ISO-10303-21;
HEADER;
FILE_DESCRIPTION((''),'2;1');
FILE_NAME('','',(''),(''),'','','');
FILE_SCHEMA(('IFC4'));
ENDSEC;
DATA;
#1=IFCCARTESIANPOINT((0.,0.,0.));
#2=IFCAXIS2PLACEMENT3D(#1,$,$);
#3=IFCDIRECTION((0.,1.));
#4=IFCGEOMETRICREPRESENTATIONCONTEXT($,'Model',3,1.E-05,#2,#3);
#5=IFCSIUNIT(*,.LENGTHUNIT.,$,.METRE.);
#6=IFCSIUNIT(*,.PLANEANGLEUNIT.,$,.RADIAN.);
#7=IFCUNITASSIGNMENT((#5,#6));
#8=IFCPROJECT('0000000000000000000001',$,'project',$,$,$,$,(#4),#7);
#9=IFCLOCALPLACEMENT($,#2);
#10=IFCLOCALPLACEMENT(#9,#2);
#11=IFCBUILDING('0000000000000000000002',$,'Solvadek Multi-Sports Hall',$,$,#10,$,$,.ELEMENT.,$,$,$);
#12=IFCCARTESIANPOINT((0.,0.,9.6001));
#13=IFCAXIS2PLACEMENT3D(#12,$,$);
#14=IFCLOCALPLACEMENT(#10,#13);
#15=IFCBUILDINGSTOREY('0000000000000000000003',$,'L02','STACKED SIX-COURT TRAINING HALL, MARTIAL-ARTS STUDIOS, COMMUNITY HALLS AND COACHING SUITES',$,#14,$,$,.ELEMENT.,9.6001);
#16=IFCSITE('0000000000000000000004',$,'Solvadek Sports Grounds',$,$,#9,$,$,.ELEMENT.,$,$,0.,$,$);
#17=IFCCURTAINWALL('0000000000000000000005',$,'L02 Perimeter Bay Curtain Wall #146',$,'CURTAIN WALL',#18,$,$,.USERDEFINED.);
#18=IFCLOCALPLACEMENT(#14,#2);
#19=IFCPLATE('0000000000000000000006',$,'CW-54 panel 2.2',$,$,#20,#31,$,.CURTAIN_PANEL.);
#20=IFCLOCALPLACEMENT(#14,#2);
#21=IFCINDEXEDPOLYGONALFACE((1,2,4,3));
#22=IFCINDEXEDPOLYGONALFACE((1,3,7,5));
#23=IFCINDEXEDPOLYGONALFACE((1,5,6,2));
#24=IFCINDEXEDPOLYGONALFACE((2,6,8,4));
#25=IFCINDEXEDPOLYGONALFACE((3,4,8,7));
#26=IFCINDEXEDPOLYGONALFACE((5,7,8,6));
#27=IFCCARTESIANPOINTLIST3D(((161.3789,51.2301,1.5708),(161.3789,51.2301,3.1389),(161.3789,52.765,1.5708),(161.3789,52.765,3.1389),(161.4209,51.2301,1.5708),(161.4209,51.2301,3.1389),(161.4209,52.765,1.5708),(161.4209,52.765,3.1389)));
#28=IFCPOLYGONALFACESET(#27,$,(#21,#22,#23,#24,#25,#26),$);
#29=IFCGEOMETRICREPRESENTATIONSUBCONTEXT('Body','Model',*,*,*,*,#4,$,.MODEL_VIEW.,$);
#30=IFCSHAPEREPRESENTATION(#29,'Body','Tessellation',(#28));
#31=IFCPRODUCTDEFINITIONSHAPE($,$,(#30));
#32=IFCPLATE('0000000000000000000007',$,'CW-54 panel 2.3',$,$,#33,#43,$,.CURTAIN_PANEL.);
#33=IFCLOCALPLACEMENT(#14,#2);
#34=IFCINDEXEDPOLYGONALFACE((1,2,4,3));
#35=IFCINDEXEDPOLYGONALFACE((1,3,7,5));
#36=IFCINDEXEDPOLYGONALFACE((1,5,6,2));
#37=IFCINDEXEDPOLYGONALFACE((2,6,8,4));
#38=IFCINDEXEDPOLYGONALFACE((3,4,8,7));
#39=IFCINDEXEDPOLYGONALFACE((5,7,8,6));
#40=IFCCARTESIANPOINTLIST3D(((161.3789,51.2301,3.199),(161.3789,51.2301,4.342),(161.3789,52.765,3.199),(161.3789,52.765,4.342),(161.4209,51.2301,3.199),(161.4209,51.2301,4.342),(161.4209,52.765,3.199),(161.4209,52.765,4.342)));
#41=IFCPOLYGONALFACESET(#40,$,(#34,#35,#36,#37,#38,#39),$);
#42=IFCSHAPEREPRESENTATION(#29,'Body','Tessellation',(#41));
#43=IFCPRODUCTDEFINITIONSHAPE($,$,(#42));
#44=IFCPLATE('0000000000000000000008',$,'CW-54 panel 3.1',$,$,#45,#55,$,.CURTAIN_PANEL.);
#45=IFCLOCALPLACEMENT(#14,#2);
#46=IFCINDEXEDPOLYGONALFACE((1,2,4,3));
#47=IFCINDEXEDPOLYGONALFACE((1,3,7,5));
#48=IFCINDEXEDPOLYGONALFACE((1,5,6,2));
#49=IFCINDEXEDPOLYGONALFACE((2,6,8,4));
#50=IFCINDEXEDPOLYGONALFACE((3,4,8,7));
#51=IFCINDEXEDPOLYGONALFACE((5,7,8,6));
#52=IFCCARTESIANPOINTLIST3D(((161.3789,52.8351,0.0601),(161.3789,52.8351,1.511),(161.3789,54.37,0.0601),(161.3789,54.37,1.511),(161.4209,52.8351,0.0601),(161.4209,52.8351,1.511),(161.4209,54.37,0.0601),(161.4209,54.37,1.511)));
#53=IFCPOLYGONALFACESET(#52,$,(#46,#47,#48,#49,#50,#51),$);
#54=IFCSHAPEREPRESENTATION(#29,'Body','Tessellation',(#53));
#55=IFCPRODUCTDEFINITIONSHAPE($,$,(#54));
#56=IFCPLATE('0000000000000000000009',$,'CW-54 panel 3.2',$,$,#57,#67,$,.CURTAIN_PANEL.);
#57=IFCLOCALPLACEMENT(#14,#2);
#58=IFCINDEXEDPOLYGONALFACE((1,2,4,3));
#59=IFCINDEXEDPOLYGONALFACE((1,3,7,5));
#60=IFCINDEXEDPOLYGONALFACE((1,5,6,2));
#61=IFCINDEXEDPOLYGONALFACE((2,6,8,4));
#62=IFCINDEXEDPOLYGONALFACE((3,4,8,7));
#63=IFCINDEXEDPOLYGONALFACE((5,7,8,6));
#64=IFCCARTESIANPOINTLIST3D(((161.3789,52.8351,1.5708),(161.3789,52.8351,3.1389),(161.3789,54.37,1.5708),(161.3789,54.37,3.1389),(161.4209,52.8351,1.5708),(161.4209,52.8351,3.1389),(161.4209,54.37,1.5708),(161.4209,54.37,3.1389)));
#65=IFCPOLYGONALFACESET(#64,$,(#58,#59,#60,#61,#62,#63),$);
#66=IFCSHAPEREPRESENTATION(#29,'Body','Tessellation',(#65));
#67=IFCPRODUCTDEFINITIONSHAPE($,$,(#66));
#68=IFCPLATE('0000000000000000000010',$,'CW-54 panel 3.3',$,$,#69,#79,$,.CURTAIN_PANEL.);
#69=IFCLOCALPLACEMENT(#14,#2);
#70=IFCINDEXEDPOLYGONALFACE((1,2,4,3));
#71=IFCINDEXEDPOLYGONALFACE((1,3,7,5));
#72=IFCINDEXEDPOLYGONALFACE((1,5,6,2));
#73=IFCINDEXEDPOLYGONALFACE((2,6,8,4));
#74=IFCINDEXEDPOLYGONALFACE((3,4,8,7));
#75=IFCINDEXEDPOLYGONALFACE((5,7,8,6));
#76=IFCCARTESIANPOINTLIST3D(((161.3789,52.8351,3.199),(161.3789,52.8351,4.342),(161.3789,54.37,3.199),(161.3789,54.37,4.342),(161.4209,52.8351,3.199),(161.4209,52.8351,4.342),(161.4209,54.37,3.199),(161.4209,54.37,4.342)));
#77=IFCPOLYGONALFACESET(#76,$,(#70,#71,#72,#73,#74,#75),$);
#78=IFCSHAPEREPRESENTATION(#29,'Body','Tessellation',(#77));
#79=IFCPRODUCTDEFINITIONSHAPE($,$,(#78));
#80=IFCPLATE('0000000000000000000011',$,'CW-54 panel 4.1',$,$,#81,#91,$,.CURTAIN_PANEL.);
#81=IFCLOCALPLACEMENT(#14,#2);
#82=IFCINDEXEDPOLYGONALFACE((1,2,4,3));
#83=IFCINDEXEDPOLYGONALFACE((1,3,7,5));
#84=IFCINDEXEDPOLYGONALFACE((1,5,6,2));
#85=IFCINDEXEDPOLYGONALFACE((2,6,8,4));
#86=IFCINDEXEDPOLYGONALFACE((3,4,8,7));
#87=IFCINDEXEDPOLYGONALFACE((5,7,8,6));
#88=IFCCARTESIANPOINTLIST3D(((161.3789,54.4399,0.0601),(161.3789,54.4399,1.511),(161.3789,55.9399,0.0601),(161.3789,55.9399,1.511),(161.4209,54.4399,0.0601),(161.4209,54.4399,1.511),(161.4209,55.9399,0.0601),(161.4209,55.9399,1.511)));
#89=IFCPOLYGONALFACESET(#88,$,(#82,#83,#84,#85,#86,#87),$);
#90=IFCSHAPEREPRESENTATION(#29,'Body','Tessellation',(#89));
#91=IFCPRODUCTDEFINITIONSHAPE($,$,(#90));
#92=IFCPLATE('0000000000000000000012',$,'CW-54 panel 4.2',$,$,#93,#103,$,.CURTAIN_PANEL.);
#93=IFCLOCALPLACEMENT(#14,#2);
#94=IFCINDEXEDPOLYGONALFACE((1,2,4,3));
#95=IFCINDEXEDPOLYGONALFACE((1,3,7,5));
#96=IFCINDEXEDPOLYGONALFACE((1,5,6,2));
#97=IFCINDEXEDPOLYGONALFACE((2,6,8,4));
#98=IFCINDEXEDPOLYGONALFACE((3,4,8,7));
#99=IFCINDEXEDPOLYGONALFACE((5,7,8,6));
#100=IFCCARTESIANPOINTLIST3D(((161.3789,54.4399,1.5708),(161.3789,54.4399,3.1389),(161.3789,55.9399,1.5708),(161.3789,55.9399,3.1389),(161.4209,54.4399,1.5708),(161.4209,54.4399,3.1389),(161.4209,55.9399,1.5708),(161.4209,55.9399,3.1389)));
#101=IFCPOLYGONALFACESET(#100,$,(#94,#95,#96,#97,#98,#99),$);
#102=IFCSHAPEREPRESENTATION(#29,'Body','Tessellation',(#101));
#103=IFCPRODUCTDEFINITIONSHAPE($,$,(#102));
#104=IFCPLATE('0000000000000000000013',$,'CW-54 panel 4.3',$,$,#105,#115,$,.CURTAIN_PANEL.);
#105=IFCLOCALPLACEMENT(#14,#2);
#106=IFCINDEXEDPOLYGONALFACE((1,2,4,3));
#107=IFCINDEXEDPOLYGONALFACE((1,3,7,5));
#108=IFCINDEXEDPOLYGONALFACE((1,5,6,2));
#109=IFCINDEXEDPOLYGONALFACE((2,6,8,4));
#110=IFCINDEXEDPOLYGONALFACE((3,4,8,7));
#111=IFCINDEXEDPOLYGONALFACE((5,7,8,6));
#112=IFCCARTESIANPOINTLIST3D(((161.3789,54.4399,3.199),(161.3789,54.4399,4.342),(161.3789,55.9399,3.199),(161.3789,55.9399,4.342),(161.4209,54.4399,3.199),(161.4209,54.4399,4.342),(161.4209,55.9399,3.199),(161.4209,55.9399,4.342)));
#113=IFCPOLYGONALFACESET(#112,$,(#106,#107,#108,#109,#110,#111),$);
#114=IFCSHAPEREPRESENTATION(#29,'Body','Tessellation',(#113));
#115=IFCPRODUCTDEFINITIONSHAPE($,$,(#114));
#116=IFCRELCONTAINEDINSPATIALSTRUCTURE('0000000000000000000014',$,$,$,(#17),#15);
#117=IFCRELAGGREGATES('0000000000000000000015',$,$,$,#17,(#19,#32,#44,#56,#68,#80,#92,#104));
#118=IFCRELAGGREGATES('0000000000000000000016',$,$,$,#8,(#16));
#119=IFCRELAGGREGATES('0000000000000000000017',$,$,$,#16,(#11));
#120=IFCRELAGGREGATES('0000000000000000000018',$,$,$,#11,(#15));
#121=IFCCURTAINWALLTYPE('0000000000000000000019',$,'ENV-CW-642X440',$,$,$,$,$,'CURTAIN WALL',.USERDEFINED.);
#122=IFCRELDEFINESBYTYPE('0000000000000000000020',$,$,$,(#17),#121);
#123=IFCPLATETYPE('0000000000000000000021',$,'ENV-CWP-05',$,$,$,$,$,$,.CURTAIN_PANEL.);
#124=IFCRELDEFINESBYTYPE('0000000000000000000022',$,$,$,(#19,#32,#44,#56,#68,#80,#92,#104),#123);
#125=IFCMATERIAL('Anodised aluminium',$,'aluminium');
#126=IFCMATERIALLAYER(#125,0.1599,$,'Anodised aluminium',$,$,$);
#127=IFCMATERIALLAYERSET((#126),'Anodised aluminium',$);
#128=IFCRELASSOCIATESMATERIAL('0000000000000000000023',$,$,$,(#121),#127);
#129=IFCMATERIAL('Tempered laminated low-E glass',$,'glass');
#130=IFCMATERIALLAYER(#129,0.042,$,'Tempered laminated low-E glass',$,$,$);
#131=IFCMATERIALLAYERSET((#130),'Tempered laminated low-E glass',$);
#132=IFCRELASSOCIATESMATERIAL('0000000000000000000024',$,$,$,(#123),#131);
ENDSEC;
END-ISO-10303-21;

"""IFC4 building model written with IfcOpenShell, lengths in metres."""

from ifc_helpers import new_model, si_unit, direction, frame, origin, origin_2d, place, context, subcontext, project, spatial, rectangle, extrude, material, layer, layer_set, type_object, element, aggregate, save


model = new_model("IFC4")

# Units and contexts
model_context = context("Model", 3, precision=1e-05, world=origin(), true_north=direction((0.0, 1.0)))
body_context = subcontext(model_context, "Body", "Model", "MODEL_VIEW")
ifc_project = project(units=[si_unit("LENGTHUNIT", "METRE"), si_unit("PLANEANGLEUNIT", "RADIAN")], contexts=[model_context])

# Site, building, storey
site_placement = place(None, origin())
site = spatial("IfcSite", under=ifc_project, at=site_placement, Name="Solvadek Sports Grounds", CompositionType="ELEMENT", RefElevation=0.0)
building_placement = place(site_placement, origin())
building = spatial("IfcBuilding", under=site, at=building_placement, Name="Solvadek Multi-Sports Hall", CompositionType="ELEMENT")
storey_placement = place(building_placement, frame((0.0, 0.0, 9.6001)))
storey = spatial("IfcBuildingStorey", under=building, at=storey_placement, Name="L02", Description="STACKED SIX-COURT TRAINING HALL, MARTIAL-ARTS STUDIOS, COMMUNITY HALLS AND COACHING SUITES", CompositionType="ELEMENT", Elevation=9.6001)

# Curtain wall
ifc_material_1 = material(Name="Anodised aluminium", Category="aluminium")
ifc_layer_1 = layer(ifc_material_1, 0.1599, Name="Anodised aluminium")
ifc_layer_set_1 = layer_set([ifc_layer_1], Name="Anodised aluminium")
curtain_wall_type = type_object("IfcCurtainWallType", Name="ENV-CW-642X440", ElementType="CURTAIN WALL", PredefinedType="USERDEFINED", material=ifc_layer_set_1)
curtain_wall_placement = place(storey_placement, origin())
curtain_wall = element("IfcCurtainWall", 1, at=curtain_wall_placement, inside=storey, type_object=curtain_wall_type, Name="L02 Perimeter Bay Curtain Wall #146", ObjectType="CURTAIN WALL", PredefinedType="USERDEFINED")

# Plates
ifc_material_2 = material(Name="Tempered laminated low-E glass", Category="glass")
ifc_layer_2 = layer(ifc_material_2, 0.042, Name="Tempered laminated low-E glass")
ifc_layer_set_2 = layer_set([ifc_layer_2], Name="Tempered laminated low-E glass")
plate_type = type_object("IfcPlateType", Name="ENV-CWP-05", PredefinedType="CURTAIN_PANEL", material=ifc_layer_set_2)
plate_1_placement = place(storey_placement, frame((161.3999, 51.9976, 1.5708), z_axis=(0.0, 0.0, 1.0), x_axis=(0.0, 1.0, 0.0)))
plate_1 = element("IfcPlate", 2, at=plate_1_placement, type_object=plate_type, Name="CW-54 panel 2.2", PredefinedType="CURTAIN_PANEL", context=body_context, shape_type="SweptSolid", body=[
    extrude(rectangle(XDim=1.5349, YDim=0.042, at=origin_2d()), origin(), (0.0, 0.0, 1.0), 1.5681),
])
plate_2_placement = place(storey_placement, frame((161.3999, 51.9976, 3.199), z_axis=(0.0, 0.0, 1.0), x_axis=(0.0, 1.0, 0.0)))
plate_2 = element("IfcPlate", 3, at=plate_2_placement, type_object=plate_type, Name="CW-54 panel 2.3", PredefinedType="CURTAIN_PANEL", context=body_context, shape_type="SweptSolid", body=[
    extrude(rectangle(XDim=1.5349, YDim=0.042, at=origin_2d()), origin(), (0.0, 0.0, 1.0), 1.1431),
])
plate_3_placement = place(storey_placement, frame((161.3999, 53.6025, 0.0601), z_axis=(0.0, 0.0, 1.0), x_axis=(0.0, 1.0, 0.0)))
plate_3 = element("IfcPlate", 4, at=plate_3_placement, type_object=plate_type, Name="CW-54 panel 3.1", PredefinedType="CURTAIN_PANEL", context=body_context, shape_type="SweptSolid", body=[
    extrude(rectangle(XDim=1.5349, YDim=0.042, at=origin_2d()), origin(), (0.0, 0.0, 1.0), 1.4509),
])
plate_4_placement = place(storey_placement, frame((161.3999, 53.6025, 1.5708), z_axis=(0.0, 0.0, 1.0), x_axis=(0.0, 1.0, 0.0)))
plate_4 = element("IfcPlate", 5, at=plate_4_placement, type_object=plate_type, Name="CW-54 panel 3.2", PredefinedType="CURTAIN_PANEL", context=body_context, shape_type="SweptSolid", body=[
    extrude(rectangle(XDim=1.5349, YDim=0.042, at=origin_2d()), origin(), (0.0, 0.0, 1.0), 1.5681),
])
plate_5_placement = place(storey_placement, frame((161.3999, 53.6025, 3.199), z_axis=(0.0, 0.0, 1.0), x_axis=(0.0, 1.0, 0.0)))
plate_5 = element("IfcPlate", 6, at=plate_5_placement, type_object=plate_type, Name="CW-54 panel 3.3", PredefinedType="CURTAIN_PANEL", context=body_context, shape_type="SweptSolid", body=[
    extrude(rectangle(XDim=1.5349, YDim=0.042, at=origin_2d()), origin(), (0.0, 0.0, 1.0), 1.1431),
])
plate_6_placement = place(storey_placement, frame((161.3999, 55.1899, 0.0601), z_axis=(0.0, 0.0, 1.0), x_axis=(0.0, 1.0, 0.0)))
plate_6 = element("IfcPlate", 7, at=plate_6_placement, type_object=plate_type, Name="CW-54 panel 4.1", PredefinedType="CURTAIN_PANEL", context=body_context, shape_type="SweptSolid", body=[
    extrude(rectangle(XDim=1.5, YDim=0.042, at=origin_2d()), origin(), (0.0, 0.0, 1.0), 1.4509),
])
plate_7_placement = place(storey_placement, frame((161.3999, 55.1899, 1.5708), z_axis=(0.0, 0.0, 1.0), x_axis=(0.0, 1.0, 0.0)))
plate_7 = element("IfcPlate", 8, at=plate_7_placement, type_object=plate_type, Name="CW-54 panel 4.2", PredefinedType="CURTAIN_PANEL", context=body_context, shape_type="SweptSolid", body=[
    extrude(rectangle(XDim=1.5, YDim=0.042, at=origin_2d()), origin(), (0.0, 0.0, 1.0), 1.5681),
])
plate_8_placement = place(storey_placement, frame((161.3999, 55.1899, 3.199), z_axis=(0.0, 0.0, 1.0), x_axis=(0.0, 1.0, 0.0)))
plate_8 = element("IfcPlate", 9, at=plate_8_placement, type_object=plate_type, Name="CW-54 panel 4.3", PredefinedType="CURTAIN_PANEL", context=body_context, shape_type="SweptSolid", body=[
    extrude(rectangle(XDim=1.5, YDim=0.042, at=origin_2d()), origin(), (0.0, 0.0, 1.0), 1.1431),
])
aggregate(curtain_wall, [plate_1, plate_2, plate_3, plate_4, plate_5, plate_6, plate_7, plate_8])

save(model, "model.ifc")
